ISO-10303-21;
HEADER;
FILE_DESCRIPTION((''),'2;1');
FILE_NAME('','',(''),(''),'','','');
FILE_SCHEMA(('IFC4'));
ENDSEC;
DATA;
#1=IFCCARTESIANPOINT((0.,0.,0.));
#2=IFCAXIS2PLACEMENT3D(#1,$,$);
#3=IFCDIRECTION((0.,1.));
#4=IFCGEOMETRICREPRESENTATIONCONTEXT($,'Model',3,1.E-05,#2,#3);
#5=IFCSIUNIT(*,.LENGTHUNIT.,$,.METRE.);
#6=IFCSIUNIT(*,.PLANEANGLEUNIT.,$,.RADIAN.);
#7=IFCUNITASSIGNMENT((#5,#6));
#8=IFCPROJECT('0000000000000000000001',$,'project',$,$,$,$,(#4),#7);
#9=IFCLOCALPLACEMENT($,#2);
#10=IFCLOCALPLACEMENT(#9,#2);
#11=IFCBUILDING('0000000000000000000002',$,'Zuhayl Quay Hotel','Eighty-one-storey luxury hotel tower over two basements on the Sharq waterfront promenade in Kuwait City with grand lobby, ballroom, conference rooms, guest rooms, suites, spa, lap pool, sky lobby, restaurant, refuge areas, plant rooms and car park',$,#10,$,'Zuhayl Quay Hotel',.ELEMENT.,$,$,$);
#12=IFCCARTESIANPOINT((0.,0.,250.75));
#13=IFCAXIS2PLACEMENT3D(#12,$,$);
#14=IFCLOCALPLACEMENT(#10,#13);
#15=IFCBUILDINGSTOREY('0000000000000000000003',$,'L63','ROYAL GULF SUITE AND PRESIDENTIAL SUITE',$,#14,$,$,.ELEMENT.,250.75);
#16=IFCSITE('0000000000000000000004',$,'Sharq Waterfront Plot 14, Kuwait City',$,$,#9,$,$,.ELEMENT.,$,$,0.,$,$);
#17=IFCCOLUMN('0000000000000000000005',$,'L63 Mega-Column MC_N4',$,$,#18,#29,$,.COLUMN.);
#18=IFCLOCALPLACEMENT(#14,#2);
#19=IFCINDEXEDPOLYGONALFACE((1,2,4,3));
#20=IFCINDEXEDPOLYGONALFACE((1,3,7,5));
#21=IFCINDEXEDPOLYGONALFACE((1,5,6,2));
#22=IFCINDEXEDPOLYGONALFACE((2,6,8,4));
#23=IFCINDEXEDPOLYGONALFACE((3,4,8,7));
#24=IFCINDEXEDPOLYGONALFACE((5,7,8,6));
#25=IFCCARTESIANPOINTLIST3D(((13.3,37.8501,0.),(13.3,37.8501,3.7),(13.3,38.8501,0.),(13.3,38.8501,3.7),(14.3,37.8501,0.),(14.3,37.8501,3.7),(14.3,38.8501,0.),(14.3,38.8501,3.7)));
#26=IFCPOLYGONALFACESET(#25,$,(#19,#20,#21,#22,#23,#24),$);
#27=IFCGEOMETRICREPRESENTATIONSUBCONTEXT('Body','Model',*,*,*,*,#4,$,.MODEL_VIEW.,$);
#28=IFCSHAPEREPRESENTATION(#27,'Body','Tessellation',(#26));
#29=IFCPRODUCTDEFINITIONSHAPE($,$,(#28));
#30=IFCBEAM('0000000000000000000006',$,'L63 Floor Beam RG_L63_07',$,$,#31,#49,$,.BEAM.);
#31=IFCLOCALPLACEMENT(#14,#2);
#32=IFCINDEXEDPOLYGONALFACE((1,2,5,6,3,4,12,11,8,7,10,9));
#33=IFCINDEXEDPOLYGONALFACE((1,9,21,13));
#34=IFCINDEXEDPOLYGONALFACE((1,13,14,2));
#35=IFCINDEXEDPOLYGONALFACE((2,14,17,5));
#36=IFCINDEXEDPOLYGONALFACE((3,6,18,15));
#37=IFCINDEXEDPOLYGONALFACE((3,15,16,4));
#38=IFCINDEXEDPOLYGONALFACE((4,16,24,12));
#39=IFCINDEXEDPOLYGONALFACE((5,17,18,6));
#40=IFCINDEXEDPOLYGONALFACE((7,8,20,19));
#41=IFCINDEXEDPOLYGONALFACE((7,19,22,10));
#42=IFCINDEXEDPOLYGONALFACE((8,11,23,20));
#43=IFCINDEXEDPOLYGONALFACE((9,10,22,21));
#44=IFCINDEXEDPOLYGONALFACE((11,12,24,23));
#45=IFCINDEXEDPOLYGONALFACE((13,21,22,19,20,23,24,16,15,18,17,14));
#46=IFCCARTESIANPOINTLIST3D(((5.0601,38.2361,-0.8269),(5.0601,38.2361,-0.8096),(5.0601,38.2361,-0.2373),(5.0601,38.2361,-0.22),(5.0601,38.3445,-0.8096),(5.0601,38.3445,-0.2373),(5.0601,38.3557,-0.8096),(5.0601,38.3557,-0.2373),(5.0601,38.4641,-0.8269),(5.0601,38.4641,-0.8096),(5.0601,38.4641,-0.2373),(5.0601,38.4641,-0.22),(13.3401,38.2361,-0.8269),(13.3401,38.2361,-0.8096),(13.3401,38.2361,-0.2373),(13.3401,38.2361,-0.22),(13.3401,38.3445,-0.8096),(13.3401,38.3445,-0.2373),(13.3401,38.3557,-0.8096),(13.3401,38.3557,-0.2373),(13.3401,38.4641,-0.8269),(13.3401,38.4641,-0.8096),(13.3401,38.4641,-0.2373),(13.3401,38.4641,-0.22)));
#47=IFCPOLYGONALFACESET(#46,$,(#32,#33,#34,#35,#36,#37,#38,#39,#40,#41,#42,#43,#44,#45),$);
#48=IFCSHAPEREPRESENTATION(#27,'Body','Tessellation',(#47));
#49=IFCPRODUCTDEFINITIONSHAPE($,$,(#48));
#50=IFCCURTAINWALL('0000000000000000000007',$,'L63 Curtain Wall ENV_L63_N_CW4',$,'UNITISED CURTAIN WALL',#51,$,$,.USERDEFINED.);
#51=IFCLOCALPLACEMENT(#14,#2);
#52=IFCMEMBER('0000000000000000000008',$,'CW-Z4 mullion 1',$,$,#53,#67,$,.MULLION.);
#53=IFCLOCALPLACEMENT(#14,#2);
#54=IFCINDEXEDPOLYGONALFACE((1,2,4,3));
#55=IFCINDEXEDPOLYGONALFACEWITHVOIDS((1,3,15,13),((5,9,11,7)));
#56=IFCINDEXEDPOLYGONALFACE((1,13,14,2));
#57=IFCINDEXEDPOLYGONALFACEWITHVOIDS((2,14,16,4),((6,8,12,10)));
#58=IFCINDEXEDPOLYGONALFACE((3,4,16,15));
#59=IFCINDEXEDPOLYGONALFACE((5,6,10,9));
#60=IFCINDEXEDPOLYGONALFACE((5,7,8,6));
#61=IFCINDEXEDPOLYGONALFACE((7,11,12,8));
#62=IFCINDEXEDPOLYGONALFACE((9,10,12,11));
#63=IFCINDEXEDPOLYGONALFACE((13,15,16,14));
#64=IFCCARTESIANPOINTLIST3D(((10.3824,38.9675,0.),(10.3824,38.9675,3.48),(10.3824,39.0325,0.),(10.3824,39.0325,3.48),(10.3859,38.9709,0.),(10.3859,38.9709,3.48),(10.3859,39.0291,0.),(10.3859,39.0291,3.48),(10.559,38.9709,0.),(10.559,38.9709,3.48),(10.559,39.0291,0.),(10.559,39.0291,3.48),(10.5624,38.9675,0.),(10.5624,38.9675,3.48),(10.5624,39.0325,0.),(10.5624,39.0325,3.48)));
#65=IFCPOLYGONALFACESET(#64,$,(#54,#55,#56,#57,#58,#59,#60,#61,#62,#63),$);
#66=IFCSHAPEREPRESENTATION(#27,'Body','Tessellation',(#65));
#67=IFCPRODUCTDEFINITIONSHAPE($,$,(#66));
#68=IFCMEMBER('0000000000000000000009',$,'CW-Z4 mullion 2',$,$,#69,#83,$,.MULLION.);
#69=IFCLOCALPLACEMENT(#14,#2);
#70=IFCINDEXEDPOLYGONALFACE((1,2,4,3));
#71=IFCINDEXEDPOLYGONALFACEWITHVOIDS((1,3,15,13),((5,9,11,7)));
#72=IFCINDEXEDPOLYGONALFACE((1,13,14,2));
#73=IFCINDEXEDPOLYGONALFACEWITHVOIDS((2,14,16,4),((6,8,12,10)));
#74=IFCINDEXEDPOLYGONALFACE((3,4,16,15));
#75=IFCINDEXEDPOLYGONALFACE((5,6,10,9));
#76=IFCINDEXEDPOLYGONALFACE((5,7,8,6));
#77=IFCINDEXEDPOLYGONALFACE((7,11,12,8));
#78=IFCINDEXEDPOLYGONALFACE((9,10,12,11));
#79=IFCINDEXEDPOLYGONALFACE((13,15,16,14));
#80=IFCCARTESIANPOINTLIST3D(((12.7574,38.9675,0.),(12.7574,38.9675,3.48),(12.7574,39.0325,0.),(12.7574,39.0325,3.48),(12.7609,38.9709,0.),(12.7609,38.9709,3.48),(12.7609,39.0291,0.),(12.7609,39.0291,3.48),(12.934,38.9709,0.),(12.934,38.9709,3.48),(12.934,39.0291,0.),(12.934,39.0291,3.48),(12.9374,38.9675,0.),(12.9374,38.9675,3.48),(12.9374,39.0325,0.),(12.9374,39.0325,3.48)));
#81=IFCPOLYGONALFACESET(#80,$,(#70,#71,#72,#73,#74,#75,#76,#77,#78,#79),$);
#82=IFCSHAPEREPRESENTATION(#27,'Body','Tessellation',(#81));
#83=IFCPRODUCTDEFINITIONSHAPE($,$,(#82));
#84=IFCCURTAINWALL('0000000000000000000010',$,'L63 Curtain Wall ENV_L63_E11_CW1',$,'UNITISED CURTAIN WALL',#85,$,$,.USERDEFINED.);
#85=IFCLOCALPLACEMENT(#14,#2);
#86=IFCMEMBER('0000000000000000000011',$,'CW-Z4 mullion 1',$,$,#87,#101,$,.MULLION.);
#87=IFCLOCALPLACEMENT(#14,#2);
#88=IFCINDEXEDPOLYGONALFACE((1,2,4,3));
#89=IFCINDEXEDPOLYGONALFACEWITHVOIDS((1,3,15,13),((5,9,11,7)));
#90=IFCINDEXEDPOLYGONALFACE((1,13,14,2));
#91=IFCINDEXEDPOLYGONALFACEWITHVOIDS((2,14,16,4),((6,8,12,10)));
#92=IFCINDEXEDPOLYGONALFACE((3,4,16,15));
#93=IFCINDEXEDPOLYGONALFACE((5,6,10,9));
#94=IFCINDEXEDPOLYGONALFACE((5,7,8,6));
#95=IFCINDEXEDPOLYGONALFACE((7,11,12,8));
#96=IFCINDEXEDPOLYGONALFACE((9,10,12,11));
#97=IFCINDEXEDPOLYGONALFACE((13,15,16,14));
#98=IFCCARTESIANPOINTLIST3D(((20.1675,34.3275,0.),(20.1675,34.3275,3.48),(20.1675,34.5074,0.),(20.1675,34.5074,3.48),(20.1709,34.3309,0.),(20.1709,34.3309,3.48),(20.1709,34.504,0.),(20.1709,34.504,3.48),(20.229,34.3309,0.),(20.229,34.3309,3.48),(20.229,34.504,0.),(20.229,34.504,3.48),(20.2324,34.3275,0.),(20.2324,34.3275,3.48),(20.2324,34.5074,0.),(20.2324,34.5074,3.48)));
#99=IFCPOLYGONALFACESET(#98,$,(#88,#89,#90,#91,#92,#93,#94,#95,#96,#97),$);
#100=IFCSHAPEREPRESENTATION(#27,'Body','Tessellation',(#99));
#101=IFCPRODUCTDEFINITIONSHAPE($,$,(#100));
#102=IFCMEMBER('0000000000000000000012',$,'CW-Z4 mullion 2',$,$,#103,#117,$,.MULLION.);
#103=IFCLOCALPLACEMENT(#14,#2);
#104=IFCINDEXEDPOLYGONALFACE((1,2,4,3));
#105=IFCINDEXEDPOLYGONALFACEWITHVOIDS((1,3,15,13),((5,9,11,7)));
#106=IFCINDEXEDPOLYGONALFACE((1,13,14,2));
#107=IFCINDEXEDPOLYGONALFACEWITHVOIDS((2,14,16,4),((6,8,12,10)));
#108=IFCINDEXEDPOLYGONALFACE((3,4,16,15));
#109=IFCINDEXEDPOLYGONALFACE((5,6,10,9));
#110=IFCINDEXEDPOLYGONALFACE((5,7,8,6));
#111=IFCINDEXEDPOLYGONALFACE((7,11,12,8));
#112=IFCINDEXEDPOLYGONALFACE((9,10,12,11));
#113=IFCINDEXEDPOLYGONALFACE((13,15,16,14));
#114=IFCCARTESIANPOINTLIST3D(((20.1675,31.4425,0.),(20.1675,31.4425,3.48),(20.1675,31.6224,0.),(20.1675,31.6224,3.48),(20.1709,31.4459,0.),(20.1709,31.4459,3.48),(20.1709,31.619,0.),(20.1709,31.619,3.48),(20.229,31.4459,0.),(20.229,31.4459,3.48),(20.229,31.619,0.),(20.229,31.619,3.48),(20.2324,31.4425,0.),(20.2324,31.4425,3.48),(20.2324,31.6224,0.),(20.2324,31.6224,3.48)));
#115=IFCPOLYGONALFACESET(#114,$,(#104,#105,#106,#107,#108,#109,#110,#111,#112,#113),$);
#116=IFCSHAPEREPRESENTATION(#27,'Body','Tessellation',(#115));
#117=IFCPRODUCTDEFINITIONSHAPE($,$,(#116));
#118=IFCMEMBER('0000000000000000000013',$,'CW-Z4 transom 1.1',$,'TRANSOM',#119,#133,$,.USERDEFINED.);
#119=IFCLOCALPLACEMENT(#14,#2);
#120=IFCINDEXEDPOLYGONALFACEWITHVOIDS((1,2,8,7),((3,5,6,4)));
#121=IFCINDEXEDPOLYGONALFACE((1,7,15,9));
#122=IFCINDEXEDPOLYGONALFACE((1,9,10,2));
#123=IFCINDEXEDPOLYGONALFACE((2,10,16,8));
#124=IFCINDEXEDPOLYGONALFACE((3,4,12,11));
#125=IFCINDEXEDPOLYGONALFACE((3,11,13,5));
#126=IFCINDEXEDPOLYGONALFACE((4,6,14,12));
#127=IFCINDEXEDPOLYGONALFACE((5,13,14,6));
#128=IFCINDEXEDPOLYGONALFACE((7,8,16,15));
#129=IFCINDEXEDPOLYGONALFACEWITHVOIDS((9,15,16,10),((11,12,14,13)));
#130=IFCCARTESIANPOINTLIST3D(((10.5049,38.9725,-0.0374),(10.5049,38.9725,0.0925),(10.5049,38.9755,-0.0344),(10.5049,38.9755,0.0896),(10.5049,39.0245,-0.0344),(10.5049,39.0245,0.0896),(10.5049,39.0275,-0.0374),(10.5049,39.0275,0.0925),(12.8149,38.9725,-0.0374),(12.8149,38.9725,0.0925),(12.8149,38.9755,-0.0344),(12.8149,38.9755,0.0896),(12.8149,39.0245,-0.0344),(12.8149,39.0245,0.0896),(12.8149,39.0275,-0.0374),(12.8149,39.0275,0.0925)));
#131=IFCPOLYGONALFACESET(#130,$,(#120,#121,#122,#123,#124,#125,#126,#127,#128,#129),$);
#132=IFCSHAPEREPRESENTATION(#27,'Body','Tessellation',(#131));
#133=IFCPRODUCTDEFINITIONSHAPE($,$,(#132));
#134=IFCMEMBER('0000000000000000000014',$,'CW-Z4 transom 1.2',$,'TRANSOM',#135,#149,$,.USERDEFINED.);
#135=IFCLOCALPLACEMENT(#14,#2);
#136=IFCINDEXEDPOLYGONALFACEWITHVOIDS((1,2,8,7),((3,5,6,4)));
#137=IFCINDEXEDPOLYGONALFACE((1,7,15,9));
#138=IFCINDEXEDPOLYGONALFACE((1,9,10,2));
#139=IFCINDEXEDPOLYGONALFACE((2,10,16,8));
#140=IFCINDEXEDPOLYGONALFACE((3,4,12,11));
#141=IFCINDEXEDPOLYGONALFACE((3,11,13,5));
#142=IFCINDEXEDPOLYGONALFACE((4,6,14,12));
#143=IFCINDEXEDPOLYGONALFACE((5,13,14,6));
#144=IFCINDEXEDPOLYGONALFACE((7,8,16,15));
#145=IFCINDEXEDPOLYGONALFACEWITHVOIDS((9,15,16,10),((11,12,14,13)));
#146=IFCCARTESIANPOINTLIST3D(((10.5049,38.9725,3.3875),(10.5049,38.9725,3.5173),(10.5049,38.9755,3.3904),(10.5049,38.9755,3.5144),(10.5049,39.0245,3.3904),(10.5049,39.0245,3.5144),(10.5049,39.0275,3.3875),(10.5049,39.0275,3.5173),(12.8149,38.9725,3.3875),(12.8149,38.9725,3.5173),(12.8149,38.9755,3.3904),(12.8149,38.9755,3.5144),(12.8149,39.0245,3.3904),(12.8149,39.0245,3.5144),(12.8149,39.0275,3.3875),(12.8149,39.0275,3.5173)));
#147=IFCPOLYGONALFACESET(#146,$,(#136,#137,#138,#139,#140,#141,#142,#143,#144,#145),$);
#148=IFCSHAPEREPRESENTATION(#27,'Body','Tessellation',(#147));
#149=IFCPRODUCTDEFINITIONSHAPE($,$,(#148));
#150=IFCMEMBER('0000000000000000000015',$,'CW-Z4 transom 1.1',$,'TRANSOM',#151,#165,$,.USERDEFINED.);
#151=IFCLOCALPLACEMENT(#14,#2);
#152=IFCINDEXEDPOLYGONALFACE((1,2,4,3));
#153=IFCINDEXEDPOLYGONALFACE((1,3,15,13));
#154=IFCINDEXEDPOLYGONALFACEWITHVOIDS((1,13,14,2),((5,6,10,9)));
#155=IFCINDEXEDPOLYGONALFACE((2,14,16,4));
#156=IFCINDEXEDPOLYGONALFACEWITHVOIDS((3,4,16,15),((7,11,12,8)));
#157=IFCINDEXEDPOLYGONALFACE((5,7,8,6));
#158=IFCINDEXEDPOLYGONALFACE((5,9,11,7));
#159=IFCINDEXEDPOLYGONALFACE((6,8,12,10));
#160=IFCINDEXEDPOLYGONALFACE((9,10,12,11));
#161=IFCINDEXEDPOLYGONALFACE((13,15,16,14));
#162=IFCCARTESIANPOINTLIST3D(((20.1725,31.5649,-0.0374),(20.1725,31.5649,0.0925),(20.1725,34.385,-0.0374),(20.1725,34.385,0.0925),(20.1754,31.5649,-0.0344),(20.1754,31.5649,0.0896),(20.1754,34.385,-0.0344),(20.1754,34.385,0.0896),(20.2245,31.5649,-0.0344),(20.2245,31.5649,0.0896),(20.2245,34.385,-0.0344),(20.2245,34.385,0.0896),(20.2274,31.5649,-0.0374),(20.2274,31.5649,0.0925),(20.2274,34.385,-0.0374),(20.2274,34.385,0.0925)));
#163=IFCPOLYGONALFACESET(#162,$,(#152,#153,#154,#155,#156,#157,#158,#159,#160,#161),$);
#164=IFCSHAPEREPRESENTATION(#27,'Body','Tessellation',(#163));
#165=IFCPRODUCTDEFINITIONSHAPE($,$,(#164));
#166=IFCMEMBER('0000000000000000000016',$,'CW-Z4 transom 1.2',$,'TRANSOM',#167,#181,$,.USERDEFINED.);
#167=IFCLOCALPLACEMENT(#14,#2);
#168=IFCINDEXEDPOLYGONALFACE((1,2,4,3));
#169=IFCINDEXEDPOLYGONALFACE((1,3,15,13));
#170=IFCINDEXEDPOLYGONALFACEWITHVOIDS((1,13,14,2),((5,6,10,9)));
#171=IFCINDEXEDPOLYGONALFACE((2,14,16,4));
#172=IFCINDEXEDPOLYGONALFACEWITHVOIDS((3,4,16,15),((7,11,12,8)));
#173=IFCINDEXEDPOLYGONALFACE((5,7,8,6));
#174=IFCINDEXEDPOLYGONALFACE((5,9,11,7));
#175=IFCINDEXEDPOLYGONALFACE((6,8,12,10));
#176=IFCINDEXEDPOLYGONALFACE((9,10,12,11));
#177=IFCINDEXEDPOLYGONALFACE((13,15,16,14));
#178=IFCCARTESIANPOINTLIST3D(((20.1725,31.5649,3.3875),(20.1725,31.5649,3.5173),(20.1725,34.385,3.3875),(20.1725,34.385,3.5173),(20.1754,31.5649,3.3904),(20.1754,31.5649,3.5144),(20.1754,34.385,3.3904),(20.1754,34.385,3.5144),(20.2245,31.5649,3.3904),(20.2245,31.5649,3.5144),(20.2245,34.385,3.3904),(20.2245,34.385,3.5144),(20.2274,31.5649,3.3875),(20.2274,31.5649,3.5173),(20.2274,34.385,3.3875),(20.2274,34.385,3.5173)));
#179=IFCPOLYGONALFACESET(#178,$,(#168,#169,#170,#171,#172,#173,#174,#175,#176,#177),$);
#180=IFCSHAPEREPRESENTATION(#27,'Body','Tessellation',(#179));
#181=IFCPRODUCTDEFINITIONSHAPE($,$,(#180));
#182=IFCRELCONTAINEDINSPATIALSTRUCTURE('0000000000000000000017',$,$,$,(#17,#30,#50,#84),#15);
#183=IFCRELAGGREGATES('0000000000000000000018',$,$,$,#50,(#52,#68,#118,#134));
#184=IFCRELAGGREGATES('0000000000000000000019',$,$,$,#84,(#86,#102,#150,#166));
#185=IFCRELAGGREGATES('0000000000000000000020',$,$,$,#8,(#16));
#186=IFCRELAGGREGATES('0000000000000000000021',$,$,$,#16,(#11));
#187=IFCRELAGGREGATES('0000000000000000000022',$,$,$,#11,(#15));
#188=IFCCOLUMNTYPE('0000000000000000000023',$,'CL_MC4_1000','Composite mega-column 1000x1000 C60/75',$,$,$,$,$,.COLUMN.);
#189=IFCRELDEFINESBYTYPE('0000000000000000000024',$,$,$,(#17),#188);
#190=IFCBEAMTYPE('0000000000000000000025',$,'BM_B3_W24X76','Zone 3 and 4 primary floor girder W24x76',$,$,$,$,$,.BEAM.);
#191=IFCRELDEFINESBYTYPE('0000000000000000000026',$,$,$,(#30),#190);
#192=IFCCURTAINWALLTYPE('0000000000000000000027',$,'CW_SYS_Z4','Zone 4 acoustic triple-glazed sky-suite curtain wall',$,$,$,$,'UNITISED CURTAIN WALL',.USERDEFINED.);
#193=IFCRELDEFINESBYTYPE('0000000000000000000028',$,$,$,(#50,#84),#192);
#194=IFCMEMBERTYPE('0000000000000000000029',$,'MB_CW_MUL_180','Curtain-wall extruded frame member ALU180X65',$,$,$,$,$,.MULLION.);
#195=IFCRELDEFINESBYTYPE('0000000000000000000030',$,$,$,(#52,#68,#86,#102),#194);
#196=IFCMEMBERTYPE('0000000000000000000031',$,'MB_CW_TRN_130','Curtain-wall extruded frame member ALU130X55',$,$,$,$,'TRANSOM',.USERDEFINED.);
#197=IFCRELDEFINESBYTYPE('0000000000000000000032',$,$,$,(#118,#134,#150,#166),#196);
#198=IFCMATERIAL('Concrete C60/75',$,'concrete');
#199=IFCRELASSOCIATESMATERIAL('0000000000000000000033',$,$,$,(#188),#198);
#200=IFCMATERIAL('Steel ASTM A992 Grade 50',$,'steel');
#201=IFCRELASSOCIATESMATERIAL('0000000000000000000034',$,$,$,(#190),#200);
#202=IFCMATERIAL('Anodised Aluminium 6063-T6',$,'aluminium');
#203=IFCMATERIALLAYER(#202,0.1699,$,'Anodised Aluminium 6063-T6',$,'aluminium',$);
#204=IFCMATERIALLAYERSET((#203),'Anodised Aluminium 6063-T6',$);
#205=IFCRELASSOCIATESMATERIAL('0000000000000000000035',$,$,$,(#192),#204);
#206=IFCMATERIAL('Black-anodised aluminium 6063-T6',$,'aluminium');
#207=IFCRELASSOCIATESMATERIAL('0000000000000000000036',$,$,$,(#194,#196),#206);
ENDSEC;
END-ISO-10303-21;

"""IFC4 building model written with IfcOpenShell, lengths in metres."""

from ifc_helpers import new_model, si_unit, direction, frame, origin, origin_2d, place, context, subcontext, project, spatial, rectangle, hollow_rectangle, i_section, extrude, material, layer, layer_set, material_profile, profile_set, type_object, element, aggregate, save


model = new_model("IFC4")

# Units and contexts
model_context = context("Model", 3, precision=1e-05, world=origin(), true_north=direction((0.0, 1.0)))
body_context = subcontext(model_context, "Body", "Model", "MODEL_VIEW")
ifc_project = project(units=[si_unit("LENGTHUNIT", "METRE"), si_unit("PLANEANGLEUNIT", "RADIAN")], contexts=[model_context])

# Site, building, storey
site_placement = place(None, origin())
site = spatial("IfcSite", under=ifc_project, at=site_placement, Name="Sharq Waterfront Plot 14, Kuwait City", CompositionType="ELEMENT", RefElevation=0.0)
building_placement = place(site_placement, origin())
building = spatial("IfcBuilding", under=site, at=building_placement, Name="Zuhayl Quay Hotel", Description="Eighty-one-storey luxury hotel tower over two basements on the Sharq waterfront promenade in Kuwait City with grand lobby, ballroom, conference rooms, guest rooms, suites, spa, lap pool, sky lobby, restaurant, refuge areas, plant rooms and car park", LongName="Zuhayl Quay Hotel", CompositionType="ELEMENT")
storey_placement = place(building_placement, frame((0.0, 0.0, 250.75)))
storey = spatial("IfcBuildingStorey", under=building, at=storey_placement, Name="L63", Description="ROYAL GULF SUITE AND PRESIDENTIAL SUITE", CompositionType="ELEMENT", Elevation=250.75)

# Column
ifc_material_1 = material(Name="Concrete C60/75", Category="concrete")
ifc_material_profile_1 = material_profile(ifc_material_1, rectangle(XDim=1.0, YDim=1.0, at=origin_2d()), Name="RC1000X1000")
ifc_profile_set_1 = profile_set([ifc_material_profile_1], Name="Concrete C60/75")
column_type = type_object("IfcColumnType", Name="CL_MC4_1000", Description="Composite mega-column 1000x1000 C60/75", PredefinedType="COLUMN", material=ifc_profile_set_1)
column_placement = place(storey_placement, frame((13.8, 38.3501, 0.0), z_axis=(0.0, 0.0, 1.0), x_axis=(1.0, 0.0, 0.0)))
element("IfcColumn", 1, at=column_placement, inside=storey, type_object=column_type, Name="L63 Mega-Column MC_N4", PredefinedType="COLUMN", context=body_context, shape_type="SweptSolid", body=[
    extrude(rectangle(XDim=1.0, YDim=1.0, at=origin_2d()), origin(), (0.0, 0.0, 1.0), 3.7),
])

# Beam
ifc_material_2 = material(Name="Steel ASTM A992 Grade 50", Category="steel")
ifc_material_profile_2 = material_profile(ifc_material_2, i_section(OverallWidth=0.228, OverallDepth=0.6069, WebThickness=0.0112, FlangeThickness=0.0173, at=origin_2d()), Name="W24X76")
ifc_profile_set_2 = profile_set([ifc_material_profile_2], Name="Steel ASTM A992 Grade 50")
beam_type = type_object("IfcBeamType", Name="BM_B3_W24X76", Description="Zone 3 and 4 primary floor girder W24x76", PredefinedType="BEAM", material=ifc_profile_set_2)
beam_placement = place(storey_placement, frame((13.3401, 38.3501, -0.5234), z_axis=(-1.0, 0.0, 0.0), x_axis=(0.0, -1.0, 0.0)))
element("IfcBeam", 2, at=beam_placement, inside=storey, type_object=beam_type, Name="L63 Floor Beam RG_L63_07", PredefinedType="BEAM", context=body_context, shape_type="SweptSolid", body=[
    extrude(i_section(OverallWidth=0.228, OverallDepth=0.6069, WebThickness=0.0112, FlangeThickness=0.0173, at=origin_2d()), origin(), (0.0, 0.0, 1.0), 8.28),
])

# Curtain walls, members
ifc_material_3 = material(Name="Anodised Aluminium 6063-T6", Category="aluminium")
ifc_layer_1 = layer(ifc_material_3, 0.1699, Name="Anodised Aluminium 6063-T6", Category="aluminium")
ifc_layer_set_1 = layer_set([ifc_layer_1], Name="Anodised Aluminium 6063-T6")
curtain_wall_type = type_object("IfcCurtainWallType", Name="CW_SYS_Z4", Description="Zone 4 acoustic triple-glazed sky-suite curtain wall", ElementType="UNITISED CURTAIN WALL", PredefinedType="USERDEFINED", material=ifc_layer_set_1)
curtain_wall_1_placement = place(storey_placement, origin())
curtain_wall_1 = element("IfcCurtainWall", 3, at=curtain_wall_1_placement, inside=storey, type_object=curtain_wall_type, Name="L63 Curtain Wall ENV_L63_N_CW4", ObjectType="UNITISED CURTAIN WALL", PredefinedType="USERDEFINED")
ifc_material_4 = material(Name="Black-anodised aluminium 6063-T6", Category="aluminium")
ifc_material_profile_3 = material_profile(ifc_material_4, hollow_rectangle(XDim=0.0649, YDim=0.1799, WallThickness=0.0034, at=origin_2d()), Name="ALU180X65")
ifc_profile_set_3 = profile_set([ifc_material_profile_3], Name="Black-anodised aluminium 6063-T6")
member_type_1 = type_object("IfcMemberType", Name="MB_CW_MUL_180", Description="Curtain-wall extruded frame member ALU180X65", PredefinedType="MULLION", material=ifc_profile_set_3)
member_1_placement = place(storey_placement, frame((10.4724, 39.0, 0.0), z_axis=(0.0, 0.0, 1.0), x_axis=(0.0, 1.0, 0.0)))
member_1 = element("IfcMember", 4, at=member_1_placement, type_object=member_type_1, Name="CW-Z4 mullion 1", PredefinedType="MULLION", context=body_context, shape_type="SweptSolid", body=[
    extrude(hollow_rectangle(XDim=0.0649, YDim=0.1799, WallThickness=0.0034, at=origin_2d()), origin(), (0.0, 0.0, 1.0), 3.48),
])
member_2_placement = place(storey_placement, frame((12.8474, 39.0, 0.0), z_axis=(0.0, 0.0, 1.0), x_axis=(0.0, 1.0, 0.0)))
member_2 = element("IfcMember", 5, at=member_2_placement, type_object=member_type_1, Name="CW-Z4 mullion 2", PredefinedType="MULLION", context=body_context, shape_type="SweptSolid", body=[
    extrude(hollow_rectangle(XDim=0.0649, YDim=0.1799, WallThickness=0.0034, at=origin_2d()), origin(), (0.0, 0.0, 1.0), 3.48),
])
curtain_wall_2_placement = place(storey_placement, origin())
curtain_wall_2 = element("IfcCurtainWall", 6, at=curtain_wall_2_placement, inside=storey, type_object=curtain_wall_type, Name="L63 Curtain Wall ENV_L63_E11_CW1", ObjectType="UNITISED CURTAIN WALL", PredefinedType="USERDEFINED")
member_3_placement = place(storey_placement, frame((20.2, 34.4175, 0.0), z_axis=(0.0, 0.0, 1.0), x_axis=(1.0, 0.0, 0.0)))
member_3 = element("IfcMember", 7, at=member_3_placement, type_object=member_type_1, Name="CW-Z4 mullion 1", PredefinedType="MULLION", context=body_context, shape_type="SweptSolid", body=[
    extrude(hollow_rectangle(XDim=0.0649, YDim=0.1799, WallThickness=0.0034, at=origin_2d()), origin(), (0.0, 0.0, 1.0), 3.48),
])
member_4_placement = place(storey_placement, frame((20.2, 31.5325, 0.0), z_axis=(0.0, 0.0, 1.0), x_axis=(1.0, 0.0, 0.0)))
member_4 = element("IfcMember", 8, at=member_4_placement, type_object=member_type_1, Name="CW-Z4 mullion 2", PredefinedType="MULLION", context=body_context, shape_type="SweptSolid", body=[
    extrude(hollow_rectangle(XDim=0.0649, YDim=0.1799, WallThickness=0.0034, at=origin_2d()), origin(), (0.0, 0.0, 1.0), 3.48),
])

# Members
ifc_material_profile_4 = material_profile(ifc_material_4, hollow_rectangle(XDim=0.0549, YDim=0.1299, WallThickness=0.0029, at=origin_2d()), Name="ALU130X55")
ifc_profile_set_4 = profile_set([ifc_material_profile_4], Name="Black-anodised aluminium 6063-T6")
member_type_2 = type_object("IfcMemberType", Name="MB_CW_TRN_130", Description="Curtain-wall extruded frame member ALU130X55", ElementType="TRANSOM", PredefinedType="USERDEFINED", material=ifc_profile_set_4)
member_5_placement = place(storey_placement, frame((10.5049, 39.0, 0.0276), z_axis=(1.0, 0.0, 0.0), x_axis=(0.0, 1.0, 0.0)))
member_5 = element("IfcMember", 9, at=member_5_placement, type_object=member_type_2, Name="CW-Z4 transom 1.1", ObjectType="TRANSOM", PredefinedType="USERDEFINED", context=body_context, shape_type="SweptSolid", body=[
    extrude(hollow_rectangle(XDim=0.0549, YDim=0.1299, WallThickness=0.0029, at=origin_2d()), origin(), (0.0, 0.0, 1.0), 2.3101),
])
member_6_placement = place(storey_placement, frame((10.5049, 39.0, 3.4524), z_axis=(1.0, 0.0, 0.0), x_axis=(0.0, 1.0, 0.0)))
member_6 = element("IfcMember", 10, at=member_6_placement, type_object=member_type_2, Name="CW-Z4 transom 1.2", ObjectType="TRANSOM", PredefinedType="USERDEFINED", context=body_context, shape_type="SweptSolid", body=[
    extrude(hollow_rectangle(XDim=0.0549, YDim=0.1299, WallThickness=0.0029, at=origin_2d()), origin(), (0.0, 0.0, 1.0), 2.3101),
])
member_7_placement = place(storey_placement, frame((20.2, 34.385, 0.0276), z_axis=(0.0, -1.0, 0.0), x_axis=(1.0, 0.0, 0.0)))
member_7 = element("IfcMember", 11, at=member_7_placement, type_object=member_type_2, Name="CW-Z4 transom 1.1", ObjectType="TRANSOM", PredefinedType="USERDEFINED", context=body_context, shape_type="SweptSolid", body=[
    extrude(hollow_rectangle(XDim=0.0549, YDim=0.1299, WallThickness=0.0029, at=origin_2d()), origin(), (0.0, 0.0, 1.0), 2.8201),
])
member_8_placement = place(storey_placement, frame((20.2, 34.385, 3.4524), z_axis=(0.0, -1.0, 0.0), x_axis=(1.0, 0.0, 0.0)))
member_8 = element("IfcMember", 12, at=member_8_placement, type_object=member_type_2, Name="CW-Z4 transom 1.2", ObjectType="TRANSOM", PredefinedType="USERDEFINED", context=body_context, shape_type="SweptSolid", body=[
    extrude(hollow_rectangle(XDim=0.0549, YDim=0.1299, WallThickness=0.0029, at=origin_2d()), origin(), (0.0, 0.0, 1.0), 2.8201),
])

aggregate(curtain_wall_1, [member_1, member_2, member_5, member_6])
aggregate(curtain_wall_2, [member_3, member_4, member_7, member_8])

save(model, "model.ifc")
